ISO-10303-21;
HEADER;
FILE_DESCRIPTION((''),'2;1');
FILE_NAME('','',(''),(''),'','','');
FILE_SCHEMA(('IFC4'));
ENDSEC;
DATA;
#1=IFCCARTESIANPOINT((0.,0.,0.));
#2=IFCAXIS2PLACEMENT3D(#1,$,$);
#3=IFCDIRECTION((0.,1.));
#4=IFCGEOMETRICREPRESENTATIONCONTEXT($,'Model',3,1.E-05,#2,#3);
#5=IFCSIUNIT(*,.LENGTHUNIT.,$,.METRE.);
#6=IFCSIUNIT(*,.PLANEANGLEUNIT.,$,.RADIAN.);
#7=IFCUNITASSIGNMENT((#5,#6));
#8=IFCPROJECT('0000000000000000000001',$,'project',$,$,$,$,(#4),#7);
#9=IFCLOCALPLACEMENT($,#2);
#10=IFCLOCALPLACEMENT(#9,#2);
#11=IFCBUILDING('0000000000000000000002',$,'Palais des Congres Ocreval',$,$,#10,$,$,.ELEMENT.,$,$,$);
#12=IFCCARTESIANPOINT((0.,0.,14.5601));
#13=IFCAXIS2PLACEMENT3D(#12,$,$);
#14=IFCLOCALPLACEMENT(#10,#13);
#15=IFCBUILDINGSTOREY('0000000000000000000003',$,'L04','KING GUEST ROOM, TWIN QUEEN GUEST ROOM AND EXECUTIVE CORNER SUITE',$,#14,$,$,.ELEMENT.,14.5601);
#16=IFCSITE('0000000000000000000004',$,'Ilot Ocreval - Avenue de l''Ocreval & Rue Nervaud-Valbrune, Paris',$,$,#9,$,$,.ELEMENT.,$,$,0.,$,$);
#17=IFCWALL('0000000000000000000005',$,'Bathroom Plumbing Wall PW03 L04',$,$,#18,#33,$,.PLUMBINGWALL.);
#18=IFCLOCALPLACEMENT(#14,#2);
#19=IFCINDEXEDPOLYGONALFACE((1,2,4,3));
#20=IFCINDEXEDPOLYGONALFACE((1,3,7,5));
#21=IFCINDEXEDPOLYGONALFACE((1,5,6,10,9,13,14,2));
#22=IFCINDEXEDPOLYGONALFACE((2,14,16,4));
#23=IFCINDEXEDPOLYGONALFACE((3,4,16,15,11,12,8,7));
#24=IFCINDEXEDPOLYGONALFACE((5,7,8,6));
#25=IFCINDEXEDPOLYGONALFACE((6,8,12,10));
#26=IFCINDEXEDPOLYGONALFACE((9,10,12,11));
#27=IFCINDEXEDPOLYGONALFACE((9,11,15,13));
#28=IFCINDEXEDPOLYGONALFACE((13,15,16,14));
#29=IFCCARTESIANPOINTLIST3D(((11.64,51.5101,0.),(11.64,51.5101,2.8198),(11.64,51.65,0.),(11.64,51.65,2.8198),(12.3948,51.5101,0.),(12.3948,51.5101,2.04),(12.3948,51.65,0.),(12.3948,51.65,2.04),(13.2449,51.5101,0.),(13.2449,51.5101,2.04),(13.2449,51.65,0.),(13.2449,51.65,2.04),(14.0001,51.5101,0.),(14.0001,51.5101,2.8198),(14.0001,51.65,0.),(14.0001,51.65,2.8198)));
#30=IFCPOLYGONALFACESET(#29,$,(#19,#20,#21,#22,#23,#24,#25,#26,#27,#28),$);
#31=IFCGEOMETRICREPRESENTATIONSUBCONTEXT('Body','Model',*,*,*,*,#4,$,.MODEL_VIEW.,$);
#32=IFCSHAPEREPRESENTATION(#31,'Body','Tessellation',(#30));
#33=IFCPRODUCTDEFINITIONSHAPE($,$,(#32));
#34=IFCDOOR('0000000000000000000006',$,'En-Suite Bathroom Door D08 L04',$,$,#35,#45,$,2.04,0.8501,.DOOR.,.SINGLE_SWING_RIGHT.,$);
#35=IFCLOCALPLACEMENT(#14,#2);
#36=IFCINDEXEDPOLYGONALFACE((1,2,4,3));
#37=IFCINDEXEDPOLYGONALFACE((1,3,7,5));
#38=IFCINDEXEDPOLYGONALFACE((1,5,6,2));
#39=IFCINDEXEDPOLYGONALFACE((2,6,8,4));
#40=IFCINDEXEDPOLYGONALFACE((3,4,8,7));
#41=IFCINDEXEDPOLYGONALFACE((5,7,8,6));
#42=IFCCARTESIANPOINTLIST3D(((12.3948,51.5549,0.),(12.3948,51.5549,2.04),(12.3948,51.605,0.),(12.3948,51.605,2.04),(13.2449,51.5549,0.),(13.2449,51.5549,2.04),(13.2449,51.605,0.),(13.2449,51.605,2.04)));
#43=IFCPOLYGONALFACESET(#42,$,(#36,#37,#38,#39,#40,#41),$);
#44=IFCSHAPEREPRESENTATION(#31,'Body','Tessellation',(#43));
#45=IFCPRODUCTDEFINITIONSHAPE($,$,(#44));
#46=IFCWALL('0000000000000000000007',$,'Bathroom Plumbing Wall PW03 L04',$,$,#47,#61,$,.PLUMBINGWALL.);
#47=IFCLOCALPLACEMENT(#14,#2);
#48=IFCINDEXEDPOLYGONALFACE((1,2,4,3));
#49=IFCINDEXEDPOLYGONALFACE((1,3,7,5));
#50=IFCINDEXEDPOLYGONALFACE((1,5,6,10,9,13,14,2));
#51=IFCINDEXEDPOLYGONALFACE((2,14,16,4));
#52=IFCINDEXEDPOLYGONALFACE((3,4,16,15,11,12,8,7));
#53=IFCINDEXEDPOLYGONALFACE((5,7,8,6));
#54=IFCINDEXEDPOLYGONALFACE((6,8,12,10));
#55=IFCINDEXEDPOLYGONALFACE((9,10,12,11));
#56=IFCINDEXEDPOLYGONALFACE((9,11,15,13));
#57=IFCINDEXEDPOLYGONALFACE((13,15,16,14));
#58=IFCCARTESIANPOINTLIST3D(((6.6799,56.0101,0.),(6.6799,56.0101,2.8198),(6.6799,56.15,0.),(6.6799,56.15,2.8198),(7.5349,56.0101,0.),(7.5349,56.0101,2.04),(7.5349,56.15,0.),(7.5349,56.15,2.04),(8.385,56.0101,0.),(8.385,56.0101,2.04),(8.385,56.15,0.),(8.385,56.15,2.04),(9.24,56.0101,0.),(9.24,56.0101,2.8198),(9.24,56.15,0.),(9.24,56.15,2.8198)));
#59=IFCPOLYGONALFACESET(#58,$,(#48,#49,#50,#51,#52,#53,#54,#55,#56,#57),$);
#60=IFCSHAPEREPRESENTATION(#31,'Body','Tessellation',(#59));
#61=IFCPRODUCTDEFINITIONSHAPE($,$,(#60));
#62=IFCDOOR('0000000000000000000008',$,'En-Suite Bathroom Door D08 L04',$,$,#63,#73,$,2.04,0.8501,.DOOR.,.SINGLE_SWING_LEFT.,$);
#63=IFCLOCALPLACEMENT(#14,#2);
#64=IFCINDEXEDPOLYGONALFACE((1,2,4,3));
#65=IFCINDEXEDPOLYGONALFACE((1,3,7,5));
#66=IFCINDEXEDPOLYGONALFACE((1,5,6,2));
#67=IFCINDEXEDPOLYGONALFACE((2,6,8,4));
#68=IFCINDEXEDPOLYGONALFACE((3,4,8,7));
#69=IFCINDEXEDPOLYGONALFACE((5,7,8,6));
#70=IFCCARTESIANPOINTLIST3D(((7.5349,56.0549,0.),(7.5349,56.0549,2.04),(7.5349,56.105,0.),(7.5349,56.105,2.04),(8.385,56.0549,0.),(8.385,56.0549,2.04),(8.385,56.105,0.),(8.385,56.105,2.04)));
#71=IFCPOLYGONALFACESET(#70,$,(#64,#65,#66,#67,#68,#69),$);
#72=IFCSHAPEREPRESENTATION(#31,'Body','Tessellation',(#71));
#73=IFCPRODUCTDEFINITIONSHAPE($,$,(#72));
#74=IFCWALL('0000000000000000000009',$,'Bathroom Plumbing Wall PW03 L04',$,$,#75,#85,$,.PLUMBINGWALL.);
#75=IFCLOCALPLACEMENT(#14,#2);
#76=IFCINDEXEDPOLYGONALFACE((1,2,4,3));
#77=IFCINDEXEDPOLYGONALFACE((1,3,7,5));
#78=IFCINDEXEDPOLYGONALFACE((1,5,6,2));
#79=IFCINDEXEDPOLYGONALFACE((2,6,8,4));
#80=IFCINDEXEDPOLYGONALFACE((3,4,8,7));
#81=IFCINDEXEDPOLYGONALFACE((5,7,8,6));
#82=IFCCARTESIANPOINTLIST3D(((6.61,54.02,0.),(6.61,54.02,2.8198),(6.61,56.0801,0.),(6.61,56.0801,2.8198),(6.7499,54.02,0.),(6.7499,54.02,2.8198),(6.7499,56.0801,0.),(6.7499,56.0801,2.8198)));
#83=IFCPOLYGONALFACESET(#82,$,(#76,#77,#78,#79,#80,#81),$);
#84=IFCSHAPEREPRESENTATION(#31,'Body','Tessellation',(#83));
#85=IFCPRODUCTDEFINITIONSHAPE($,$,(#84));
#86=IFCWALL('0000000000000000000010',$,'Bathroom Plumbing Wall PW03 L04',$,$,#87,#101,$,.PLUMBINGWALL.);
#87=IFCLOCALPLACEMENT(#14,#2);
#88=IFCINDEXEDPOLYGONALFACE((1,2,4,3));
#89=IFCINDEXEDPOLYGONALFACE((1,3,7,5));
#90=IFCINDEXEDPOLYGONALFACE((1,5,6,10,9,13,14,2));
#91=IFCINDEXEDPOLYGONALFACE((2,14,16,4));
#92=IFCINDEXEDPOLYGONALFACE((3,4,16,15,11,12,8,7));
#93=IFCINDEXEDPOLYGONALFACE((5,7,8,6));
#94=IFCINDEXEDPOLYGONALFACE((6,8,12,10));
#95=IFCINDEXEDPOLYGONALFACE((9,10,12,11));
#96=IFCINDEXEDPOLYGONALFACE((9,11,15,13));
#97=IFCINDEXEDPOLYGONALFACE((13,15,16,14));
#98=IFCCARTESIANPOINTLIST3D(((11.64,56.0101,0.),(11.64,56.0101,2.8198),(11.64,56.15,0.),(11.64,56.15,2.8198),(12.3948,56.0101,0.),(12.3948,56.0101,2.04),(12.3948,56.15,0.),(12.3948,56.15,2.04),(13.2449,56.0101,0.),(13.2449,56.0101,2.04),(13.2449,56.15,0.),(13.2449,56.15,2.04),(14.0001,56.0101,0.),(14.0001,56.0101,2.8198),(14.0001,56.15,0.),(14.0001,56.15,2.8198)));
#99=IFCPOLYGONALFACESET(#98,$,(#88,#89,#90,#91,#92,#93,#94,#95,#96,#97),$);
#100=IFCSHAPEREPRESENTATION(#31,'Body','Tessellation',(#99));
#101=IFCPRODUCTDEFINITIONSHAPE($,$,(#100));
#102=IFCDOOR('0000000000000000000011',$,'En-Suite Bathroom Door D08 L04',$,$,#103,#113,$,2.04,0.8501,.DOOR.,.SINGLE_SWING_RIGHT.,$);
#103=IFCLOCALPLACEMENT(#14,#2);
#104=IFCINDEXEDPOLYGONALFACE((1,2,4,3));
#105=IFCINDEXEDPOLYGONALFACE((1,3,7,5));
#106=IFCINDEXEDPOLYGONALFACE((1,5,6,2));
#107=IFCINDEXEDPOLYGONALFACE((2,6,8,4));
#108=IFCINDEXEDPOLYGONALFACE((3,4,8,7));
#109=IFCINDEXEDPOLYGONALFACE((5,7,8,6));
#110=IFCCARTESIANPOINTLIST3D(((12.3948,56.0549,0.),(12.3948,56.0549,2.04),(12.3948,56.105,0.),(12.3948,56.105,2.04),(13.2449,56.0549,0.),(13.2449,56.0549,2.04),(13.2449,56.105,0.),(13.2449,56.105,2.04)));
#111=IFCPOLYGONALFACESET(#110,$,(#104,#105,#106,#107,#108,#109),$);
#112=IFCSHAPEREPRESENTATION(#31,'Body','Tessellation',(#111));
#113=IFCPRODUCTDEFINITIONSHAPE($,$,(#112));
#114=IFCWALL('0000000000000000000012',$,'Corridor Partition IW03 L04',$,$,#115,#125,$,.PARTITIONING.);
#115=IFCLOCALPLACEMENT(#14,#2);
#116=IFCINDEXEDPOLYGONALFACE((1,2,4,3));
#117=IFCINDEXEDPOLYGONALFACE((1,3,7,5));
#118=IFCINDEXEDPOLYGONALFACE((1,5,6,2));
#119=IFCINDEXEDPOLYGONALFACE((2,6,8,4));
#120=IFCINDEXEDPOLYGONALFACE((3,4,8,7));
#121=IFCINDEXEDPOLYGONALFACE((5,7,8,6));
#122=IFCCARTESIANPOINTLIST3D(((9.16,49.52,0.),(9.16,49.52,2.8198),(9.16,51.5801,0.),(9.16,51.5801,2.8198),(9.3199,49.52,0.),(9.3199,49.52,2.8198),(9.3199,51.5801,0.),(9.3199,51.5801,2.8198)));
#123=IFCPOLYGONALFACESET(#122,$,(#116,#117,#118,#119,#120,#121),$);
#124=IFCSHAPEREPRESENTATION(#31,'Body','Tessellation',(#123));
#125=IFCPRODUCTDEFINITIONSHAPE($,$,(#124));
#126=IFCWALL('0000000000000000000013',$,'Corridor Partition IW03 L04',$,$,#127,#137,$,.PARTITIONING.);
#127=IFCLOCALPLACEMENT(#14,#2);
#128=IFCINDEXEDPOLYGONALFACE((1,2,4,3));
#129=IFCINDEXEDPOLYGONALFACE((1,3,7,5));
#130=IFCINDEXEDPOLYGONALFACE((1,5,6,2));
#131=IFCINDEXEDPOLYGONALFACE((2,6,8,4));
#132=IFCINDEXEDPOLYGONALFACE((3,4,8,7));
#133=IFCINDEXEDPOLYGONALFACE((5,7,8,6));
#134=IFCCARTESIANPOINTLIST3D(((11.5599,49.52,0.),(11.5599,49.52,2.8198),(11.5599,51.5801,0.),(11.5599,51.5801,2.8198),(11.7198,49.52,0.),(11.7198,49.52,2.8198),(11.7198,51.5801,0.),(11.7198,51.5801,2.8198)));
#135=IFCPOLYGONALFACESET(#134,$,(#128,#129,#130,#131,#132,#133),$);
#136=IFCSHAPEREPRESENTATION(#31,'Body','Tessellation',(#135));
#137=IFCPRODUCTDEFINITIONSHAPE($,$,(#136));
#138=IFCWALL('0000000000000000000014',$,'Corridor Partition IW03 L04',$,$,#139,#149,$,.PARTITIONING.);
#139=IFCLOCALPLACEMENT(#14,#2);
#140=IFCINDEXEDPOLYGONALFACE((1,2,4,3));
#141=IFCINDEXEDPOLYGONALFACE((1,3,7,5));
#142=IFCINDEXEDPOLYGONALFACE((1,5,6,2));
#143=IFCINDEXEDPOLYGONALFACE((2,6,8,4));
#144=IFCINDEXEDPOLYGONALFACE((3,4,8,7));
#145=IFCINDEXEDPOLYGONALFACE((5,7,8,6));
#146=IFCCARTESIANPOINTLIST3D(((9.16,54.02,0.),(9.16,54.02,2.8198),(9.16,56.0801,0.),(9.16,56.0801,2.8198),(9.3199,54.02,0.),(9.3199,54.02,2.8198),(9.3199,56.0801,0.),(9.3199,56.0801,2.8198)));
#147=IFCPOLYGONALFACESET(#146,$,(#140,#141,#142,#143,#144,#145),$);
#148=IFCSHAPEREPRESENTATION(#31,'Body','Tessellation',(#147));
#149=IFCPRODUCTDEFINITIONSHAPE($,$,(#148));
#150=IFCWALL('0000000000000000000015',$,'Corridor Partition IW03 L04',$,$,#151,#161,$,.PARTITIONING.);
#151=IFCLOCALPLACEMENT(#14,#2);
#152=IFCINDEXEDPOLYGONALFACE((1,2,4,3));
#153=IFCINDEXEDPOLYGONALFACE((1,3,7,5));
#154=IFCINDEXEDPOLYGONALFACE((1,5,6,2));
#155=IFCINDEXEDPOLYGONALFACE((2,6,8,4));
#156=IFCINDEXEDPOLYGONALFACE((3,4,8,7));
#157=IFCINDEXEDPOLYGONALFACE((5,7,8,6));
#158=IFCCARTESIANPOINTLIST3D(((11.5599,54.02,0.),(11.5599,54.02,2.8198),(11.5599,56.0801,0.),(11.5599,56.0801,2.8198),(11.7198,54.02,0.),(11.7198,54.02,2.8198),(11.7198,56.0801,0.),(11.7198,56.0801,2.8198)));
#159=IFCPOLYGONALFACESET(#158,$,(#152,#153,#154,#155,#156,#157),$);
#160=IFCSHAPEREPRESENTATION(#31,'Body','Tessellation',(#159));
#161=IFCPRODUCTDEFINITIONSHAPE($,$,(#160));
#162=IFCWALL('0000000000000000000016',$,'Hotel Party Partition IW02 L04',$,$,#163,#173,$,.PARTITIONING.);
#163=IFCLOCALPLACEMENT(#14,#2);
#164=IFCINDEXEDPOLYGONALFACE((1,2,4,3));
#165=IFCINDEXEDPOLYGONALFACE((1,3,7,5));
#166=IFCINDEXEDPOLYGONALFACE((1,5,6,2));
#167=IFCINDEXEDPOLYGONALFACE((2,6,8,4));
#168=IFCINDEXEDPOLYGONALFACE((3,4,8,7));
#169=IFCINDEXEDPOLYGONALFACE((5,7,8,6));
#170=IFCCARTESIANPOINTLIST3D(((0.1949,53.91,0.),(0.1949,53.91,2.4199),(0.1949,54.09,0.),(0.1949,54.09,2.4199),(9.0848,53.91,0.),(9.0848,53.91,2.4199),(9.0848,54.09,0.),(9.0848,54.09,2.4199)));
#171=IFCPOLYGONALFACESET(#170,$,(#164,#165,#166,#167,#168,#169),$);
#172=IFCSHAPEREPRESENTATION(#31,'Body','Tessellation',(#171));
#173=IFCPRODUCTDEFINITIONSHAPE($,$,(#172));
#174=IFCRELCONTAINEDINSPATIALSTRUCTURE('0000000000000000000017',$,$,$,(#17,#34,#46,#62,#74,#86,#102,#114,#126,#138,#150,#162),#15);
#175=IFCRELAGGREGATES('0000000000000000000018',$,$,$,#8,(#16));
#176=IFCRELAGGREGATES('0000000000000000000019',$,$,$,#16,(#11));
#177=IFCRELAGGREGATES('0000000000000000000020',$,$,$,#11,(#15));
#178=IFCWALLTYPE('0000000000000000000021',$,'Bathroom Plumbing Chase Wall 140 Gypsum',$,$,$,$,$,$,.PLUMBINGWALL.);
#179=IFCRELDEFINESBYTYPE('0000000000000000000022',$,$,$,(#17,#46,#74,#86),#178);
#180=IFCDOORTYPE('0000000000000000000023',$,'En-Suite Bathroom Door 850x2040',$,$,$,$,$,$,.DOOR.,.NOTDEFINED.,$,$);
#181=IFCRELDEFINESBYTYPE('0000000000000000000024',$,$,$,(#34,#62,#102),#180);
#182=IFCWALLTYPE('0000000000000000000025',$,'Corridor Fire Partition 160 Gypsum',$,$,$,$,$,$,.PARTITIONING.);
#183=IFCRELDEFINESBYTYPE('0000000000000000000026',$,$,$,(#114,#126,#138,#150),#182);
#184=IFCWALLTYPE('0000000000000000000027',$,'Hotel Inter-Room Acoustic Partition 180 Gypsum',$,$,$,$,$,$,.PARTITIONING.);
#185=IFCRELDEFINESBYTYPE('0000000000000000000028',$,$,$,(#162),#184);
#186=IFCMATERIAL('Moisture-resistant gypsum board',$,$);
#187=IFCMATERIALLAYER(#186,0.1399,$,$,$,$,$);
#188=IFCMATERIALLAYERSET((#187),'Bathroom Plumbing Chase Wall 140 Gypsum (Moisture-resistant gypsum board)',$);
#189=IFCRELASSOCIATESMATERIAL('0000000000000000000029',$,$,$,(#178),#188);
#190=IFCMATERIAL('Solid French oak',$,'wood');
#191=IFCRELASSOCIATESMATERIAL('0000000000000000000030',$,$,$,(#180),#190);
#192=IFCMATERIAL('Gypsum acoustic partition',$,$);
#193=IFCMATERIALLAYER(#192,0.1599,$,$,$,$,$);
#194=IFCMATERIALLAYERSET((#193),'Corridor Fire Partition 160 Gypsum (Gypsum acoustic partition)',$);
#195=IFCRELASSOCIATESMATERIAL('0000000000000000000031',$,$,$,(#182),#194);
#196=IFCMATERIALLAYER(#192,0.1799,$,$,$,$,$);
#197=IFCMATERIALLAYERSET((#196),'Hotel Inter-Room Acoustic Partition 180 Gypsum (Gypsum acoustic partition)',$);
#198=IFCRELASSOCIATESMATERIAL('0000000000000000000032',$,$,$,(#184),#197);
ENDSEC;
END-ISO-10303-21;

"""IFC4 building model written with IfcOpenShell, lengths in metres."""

from ifc_helpers import new_model, si_unit, direction, frame, frame_2d, origin, place, context, subcontext, project, spatial, rectangle, extrude, material, layer, layer_set, type_object, element, fill, save


model = new_model("IFC4")

# Units and contexts
model_context = context("Model", 3, precision=1e-05, world=origin(), true_north=direction((0.0, 1.0)))
body_context = subcontext(model_context, "Body", "Model", "MODEL_VIEW")
ifc_project = project(units=[si_unit("LENGTHUNIT", "METRE"), si_unit("PLANEANGLEUNIT", "RADIAN")], contexts=[model_context])

# Site, building, storey
site_placement = place(None, origin())
site = spatial("IfcSite", under=ifc_project, at=site_placement, Name="Ilot Ocreval - Avenue de l'Ocreval & Rue Nervaud-Valbrune, Paris", CompositionType="ELEMENT", RefElevation=0.0)
building_placement = place(site_placement, origin())
building = spatial("IfcBuilding", under=site, at=building_placement, Name="Palais des Congres Ocreval", CompositionType="ELEMENT")
storey_placement = place(building_placement, frame((0.0, 0.0, 14.5601)))
storey = spatial("IfcBuildingStorey", under=building, at=storey_placement, Name="L04", Description="KING GUEST ROOM, TWIN QUEEN GUEST ROOM AND EXECUTIVE CORNER SUITE", CompositionType="ELEMENT", Elevation=14.5601)

# Shared definitions
ifc_material_1 = material(Name="Moisture-resistant gypsum board")
ifc_layer_1 = layer(ifc_material_1, 0.1399)
ifc_layer_set_1 = layer_set([ifc_layer_1], Name="Bathroom Plumbing Chase Wall 140 Gypsum (Moisture-resistant gypsum board)")
wall_type_1 = type_object("IfcWallType", Name="Bathroom Plumbing Chase Wall 140 Gypsum", PredefinedType="PLUMBINGWALL", material=ifc_layer_set_1)
ifc_material_2 = material(Name="Solid French oak", Category="wood")
door_type_1 = type_object("IfcDoorType", Name="En-Suite Bathroom Door 850x2040", OperationType="NOTDEFINED", PredefinedType="DOOR", material=ifc_material_2)

# Walls, openings, doors
wall_1_placement = place(storey_placement, frame((11.6399, 51.5801, 0.0), z_axis=(0.0, 0.0, 1.0), x_axis=(1.0, 0.0, 0.0)))
wall_1 = element("IfcWall", 1, at=wall_1_placement, inside=storey, type_object=wall_type_1, Name="Bathroom Plumbing Wall PW03 L04", PredefinedType="PLUMBINGWALL", context=body_context, shape_type="SweptSolid", body=[
    extrude(rectangle(XDim=2.3601, YDim=0.1399, at=frame_2d((1.1802, 0.0))), origin(), (0.0, 0.0, 1.0), 2.8198),
])
opening_1_placement = place(wall_1_placement, frame((0.7549, 0.0, 0.0)))
opening_1 = element("IfcOpeningElement", 2, at=opening_1_placement, cuts=wall_1, PredefinedType="OPENING", context=body_context, shape_type="SweptSolid", body=[
    extrude(rectangle(XDim=0.8501, YDim=2.04, at=frame_2d((0.425, 1.02))), frame((0.0, 0.0798, 0.0), z_axis=(0.0, -1.0, 0.0), x_axis=(1.0, 0.0, 0.0)), (0.0, 0.0, 1.0), 0.1599),
])
door_1_placement = place(opening_1_placement, origin())
door_1 = element("IfcDoor", 3, at=door_1_placement, inside=storey, type_object=door_type_1, Name="En-Suite Bathroom Door D08 L04", OperationType="SINGLE_SWING_RIGHT", OverallHeight=2.04, OverallWidth=0.8501, PredefinedType="DOOR", context=body_context, shape_type="SweptSolid", body=[
    extrude(rectangle(XDim=0.8501, YDim=2.04, at=frame_2d((0.425, 1.02))), frame((0.0, 0.0249, 0.0), z_axis=(0.0, -1.0, 0.0), x_axis=(1.0, 0.0, 0.0)), (0.0, 0.0, 1.0), 0.05),
])
fill(opening_1, door_1)
wall_2_placement = place(storey_placement, frame((6.6799, 56.0801, 0.0), z_axis=(0.0, 0.0, 1.0), x_axis=(1.0, 0.0, 0.0)))
wall_2 = element("IfcWall", 4, at=wall_2_placement, inside=storey, type_object=wall_type_1, Name="Bathroom Plumbing Wall PW03 L04", PredefinedType="PLUMBINGWALL", context=body_context, shape_type="SweptSolid", body=[
    extrude(rectangle(XDim=2.5601, YDim=0.1399, at=frame_2d((1.28, 0.0))), origin(), (0.0, 0.0, 1.0), 2.8198),
])
opening_2_placement = place(wall_2_placement, frame((0.855, 0.0, 0.0)))
opening_2 = element("IfcOpeningElement", 5, at=opening_2_placement, cuts=wall_2, PredefinedType="OPENING", context=body_context, shape_type="SweptSolid", body=[
    extrude(rectangle(XDim=0.8501, YDim=2.04, at=frame_2d((0.425, 1.02))), frame((0.0, 0.0798, 0.0), z_axis=(0.0, -1.0, 0.0), x_axis=(1.0, 0.0, 0.0)), (0.0, 0.0, 1.0), 0.1599),
])
door_2_placement = place(opening_2_placement, origin())
door_2 = element("IfcDoor", 6, at=door_2_placement, inside=storey, type_object=door_type_1, Name="En-Suite Bathroom Door D08 L04", OperationType="SINGLE_SWING_LEFT", OverallHeight=2.04, OverallWidth=0.8501, PredefinedType="DOOR", context=body_context, shape_type="SweptSolid", body=[
    extrude(rectangle(XDim=0.8501, YDim=2.04, at=frame_2d((0.425, 1.02))), frame((0.0, 0.0249, 0.0), z_axis=(0.0, -1.0, 0.0), x_axis=(1.0, 0.0, 0.0)), (0.0, 0.0, 1.0), 0.05),
])
fill(opening_2, door_2)

# Wall
wall_3_placement = place(storey_placement, frame((6.6799, 54.02, 0.0), z_axis=(0.0, 0.0, 1.0), x_axis=(0.0, 1.0, 0.0)))
element("IfcWall", 7, at=wall_3_placement, inside=storey, type_object=wall_type_1, Name="Bathroom Plumbing Wall PW03 L04", PredefinedType="PLUMBINGWALL", context=body_context, shape_type="SweptSolid", body=[
    extrude(rectangle(XDim=2.0601, YDim=0.1399, at=frame_2d((1.03, 0.0))), origin(), (0.0, 0.0, 1.0), 2.8198),
])

# Wall, opening, door
wall_4_placement = place(storey_placement, frame((11.6399, 56.0801, 0.0), z_axis=(0.0, 0.0, 1.0), x_axis=(1.0, 0.0, 0.0)))
wall_4 = element("IfcWall", 8, at=wall_4_placement, inside=storey, type_object=wall_type_1, Name="Bathroom Plumbing Wall PW03 L04", PredefinedType="PLUMBINGWALL", context=body_context, shape_type="SweptSolid", body=[
    extrude(rectangle(XDim=2.3601, YDim=0.1399, at=frame_2d((1.1802, 0.0))), origin(), (0.0, 0.0, 1.0), 2.8198),
])
opening_3_placement = place(wall_4_placement, frame((0.7549, 0.0, 0.0)))
opening_3 = element("IfcOpeningElement", 9, at=opening_3_placement, cuts=wall_4, PredefinedType="OPENING", context=body_context, shape_type="SweptSolid", body=[
    extrude(rectangle(XDim=0.8501, YDim=2.04, at=frame_2d((0.425, 1.02))), frame((0.0, 0.0798, 0.0), z_axis=(0.0, -1.0, 0.0), x_axis=(1.0, 0.0, 0.0)), (0.0, 0.0, 1.0), 0.1599),
])
door_3_placement = place(opening_3_placement, origin())
door_3 = element("IfcDoor", 10, at=door_3_placement, inside=storey, type_object=door_type_1, Name="En-Suite Bathroom Door D08 L04", OperationType="SINGLE_SWING_RIGHT", OverallHeight=2.04, OverallWidth=0.8501, PredefinedType="DOOR", context=body_context, shape_type="SweptSolid", body=[
    extrude(rectangle(XDim=0.8501, YDim=2.04, at=frame_2d((0.425, 1.02))), frame((0.0, 0.0249, 0.0), z_axis=(0.0, -1.0, 0.0), x_axis=(1.0, 0.0, 0.0)), (0.0, 0.0, 1.0), 0.05),
])
fill(opening_3, door_3)

# Walls
ifc_material_3 = material(Name="Gypsum acoustic partition")
ifc_layer_2 = layer(ifc_material_3, 0.1599)
ifc_layer_set_2 = layer_set([ifc_layer_2], Name="Corridor Fire Partition 160 Gypsum (Gypsum acoustic partition)")
wall_type_2 = type_object("IfcWallType", Name="Corridor Fire Partition 160 Gypsum", PredefinedType="PARTITIONING", material=ifc_layer_set_2)
for number, where, z_axis, x_axis, name in (
    (11, (9.24, 49.52, 0.0), (0.0, 0.0, 1.0), (0.0, 1.0, 0.0), "Corridor Partition IW03 L04"),
    (12, (11.6399, 49.52, 0.0), (0.0, 0.0, 1.0), (0.0, 1.0, 0.0), "Corridor Partition IW03 L04"),
    (13, (9.24, 54.02, 0.0), (0.0, 0.0, 1.0), (0.0, 1.0, 0.0), "Corridor Partition IW03 L04"),
    (14, (11.6399, 54.02, 0.0), (0.0, 0.0, 1.0), (0.0, 1.0, 0.0), "Corridor Partition IW03 L04"),
):
    element("IfcWall", number, at=place(storey_placement, frame(where, z_axis=z_axis, x_axis=x_axis)), inside=storey, type_object=wall_type_2, Name=name, PredefinedType="PARTITIONING", context=body_context, shape_type="SweptSolid", body=[
        extrude(rectangle(XDim=2.0601, YDim=0.1599, at=frame_2d((1.03, 0.0))), origin(), (0.0, 0.0, 1.0), 2.8198),
    ])

# Wall
ifc_layer_3 = layer(ifc_material_3, 0.1799)
ifc_layer_set_3 = layer_set([ifc_layer_3], Name="Hotel Inter-Room Acoustic Partition 180 Gypsum (Gypsum acoustic partition)")
wall_type_3 = type_object("IfcWallType", Name="Hotel Inter-Room Acoustic Partition 180 Gypsum", PredefinedType="PARTITIONING", material=ifc_layer_set_3)
wall_5_placement = place(storey_placement, frame((0.1951, 54.0, 0.0), z_axis=(0.0, 0.0, 1.0), x_axis=(1.0, 0.0, 0.0)))
element("IfcWall", 15, at=wall_5_placement, inside=storey, type_object=wall_type_3, Name="Hotel Party Partition IW02 L04", PredefinedType="PARTITIONING", context=body_context, shape_type="SweptSolid", body=[
    extrude(rectangle(XDim=8.8899, YDim=0.1799, at=frame_2d((4.4448, 0.0))), origin(), (0.0, 0.0, 1.0), 2.4199),
])

save(model, "model.ifc")
